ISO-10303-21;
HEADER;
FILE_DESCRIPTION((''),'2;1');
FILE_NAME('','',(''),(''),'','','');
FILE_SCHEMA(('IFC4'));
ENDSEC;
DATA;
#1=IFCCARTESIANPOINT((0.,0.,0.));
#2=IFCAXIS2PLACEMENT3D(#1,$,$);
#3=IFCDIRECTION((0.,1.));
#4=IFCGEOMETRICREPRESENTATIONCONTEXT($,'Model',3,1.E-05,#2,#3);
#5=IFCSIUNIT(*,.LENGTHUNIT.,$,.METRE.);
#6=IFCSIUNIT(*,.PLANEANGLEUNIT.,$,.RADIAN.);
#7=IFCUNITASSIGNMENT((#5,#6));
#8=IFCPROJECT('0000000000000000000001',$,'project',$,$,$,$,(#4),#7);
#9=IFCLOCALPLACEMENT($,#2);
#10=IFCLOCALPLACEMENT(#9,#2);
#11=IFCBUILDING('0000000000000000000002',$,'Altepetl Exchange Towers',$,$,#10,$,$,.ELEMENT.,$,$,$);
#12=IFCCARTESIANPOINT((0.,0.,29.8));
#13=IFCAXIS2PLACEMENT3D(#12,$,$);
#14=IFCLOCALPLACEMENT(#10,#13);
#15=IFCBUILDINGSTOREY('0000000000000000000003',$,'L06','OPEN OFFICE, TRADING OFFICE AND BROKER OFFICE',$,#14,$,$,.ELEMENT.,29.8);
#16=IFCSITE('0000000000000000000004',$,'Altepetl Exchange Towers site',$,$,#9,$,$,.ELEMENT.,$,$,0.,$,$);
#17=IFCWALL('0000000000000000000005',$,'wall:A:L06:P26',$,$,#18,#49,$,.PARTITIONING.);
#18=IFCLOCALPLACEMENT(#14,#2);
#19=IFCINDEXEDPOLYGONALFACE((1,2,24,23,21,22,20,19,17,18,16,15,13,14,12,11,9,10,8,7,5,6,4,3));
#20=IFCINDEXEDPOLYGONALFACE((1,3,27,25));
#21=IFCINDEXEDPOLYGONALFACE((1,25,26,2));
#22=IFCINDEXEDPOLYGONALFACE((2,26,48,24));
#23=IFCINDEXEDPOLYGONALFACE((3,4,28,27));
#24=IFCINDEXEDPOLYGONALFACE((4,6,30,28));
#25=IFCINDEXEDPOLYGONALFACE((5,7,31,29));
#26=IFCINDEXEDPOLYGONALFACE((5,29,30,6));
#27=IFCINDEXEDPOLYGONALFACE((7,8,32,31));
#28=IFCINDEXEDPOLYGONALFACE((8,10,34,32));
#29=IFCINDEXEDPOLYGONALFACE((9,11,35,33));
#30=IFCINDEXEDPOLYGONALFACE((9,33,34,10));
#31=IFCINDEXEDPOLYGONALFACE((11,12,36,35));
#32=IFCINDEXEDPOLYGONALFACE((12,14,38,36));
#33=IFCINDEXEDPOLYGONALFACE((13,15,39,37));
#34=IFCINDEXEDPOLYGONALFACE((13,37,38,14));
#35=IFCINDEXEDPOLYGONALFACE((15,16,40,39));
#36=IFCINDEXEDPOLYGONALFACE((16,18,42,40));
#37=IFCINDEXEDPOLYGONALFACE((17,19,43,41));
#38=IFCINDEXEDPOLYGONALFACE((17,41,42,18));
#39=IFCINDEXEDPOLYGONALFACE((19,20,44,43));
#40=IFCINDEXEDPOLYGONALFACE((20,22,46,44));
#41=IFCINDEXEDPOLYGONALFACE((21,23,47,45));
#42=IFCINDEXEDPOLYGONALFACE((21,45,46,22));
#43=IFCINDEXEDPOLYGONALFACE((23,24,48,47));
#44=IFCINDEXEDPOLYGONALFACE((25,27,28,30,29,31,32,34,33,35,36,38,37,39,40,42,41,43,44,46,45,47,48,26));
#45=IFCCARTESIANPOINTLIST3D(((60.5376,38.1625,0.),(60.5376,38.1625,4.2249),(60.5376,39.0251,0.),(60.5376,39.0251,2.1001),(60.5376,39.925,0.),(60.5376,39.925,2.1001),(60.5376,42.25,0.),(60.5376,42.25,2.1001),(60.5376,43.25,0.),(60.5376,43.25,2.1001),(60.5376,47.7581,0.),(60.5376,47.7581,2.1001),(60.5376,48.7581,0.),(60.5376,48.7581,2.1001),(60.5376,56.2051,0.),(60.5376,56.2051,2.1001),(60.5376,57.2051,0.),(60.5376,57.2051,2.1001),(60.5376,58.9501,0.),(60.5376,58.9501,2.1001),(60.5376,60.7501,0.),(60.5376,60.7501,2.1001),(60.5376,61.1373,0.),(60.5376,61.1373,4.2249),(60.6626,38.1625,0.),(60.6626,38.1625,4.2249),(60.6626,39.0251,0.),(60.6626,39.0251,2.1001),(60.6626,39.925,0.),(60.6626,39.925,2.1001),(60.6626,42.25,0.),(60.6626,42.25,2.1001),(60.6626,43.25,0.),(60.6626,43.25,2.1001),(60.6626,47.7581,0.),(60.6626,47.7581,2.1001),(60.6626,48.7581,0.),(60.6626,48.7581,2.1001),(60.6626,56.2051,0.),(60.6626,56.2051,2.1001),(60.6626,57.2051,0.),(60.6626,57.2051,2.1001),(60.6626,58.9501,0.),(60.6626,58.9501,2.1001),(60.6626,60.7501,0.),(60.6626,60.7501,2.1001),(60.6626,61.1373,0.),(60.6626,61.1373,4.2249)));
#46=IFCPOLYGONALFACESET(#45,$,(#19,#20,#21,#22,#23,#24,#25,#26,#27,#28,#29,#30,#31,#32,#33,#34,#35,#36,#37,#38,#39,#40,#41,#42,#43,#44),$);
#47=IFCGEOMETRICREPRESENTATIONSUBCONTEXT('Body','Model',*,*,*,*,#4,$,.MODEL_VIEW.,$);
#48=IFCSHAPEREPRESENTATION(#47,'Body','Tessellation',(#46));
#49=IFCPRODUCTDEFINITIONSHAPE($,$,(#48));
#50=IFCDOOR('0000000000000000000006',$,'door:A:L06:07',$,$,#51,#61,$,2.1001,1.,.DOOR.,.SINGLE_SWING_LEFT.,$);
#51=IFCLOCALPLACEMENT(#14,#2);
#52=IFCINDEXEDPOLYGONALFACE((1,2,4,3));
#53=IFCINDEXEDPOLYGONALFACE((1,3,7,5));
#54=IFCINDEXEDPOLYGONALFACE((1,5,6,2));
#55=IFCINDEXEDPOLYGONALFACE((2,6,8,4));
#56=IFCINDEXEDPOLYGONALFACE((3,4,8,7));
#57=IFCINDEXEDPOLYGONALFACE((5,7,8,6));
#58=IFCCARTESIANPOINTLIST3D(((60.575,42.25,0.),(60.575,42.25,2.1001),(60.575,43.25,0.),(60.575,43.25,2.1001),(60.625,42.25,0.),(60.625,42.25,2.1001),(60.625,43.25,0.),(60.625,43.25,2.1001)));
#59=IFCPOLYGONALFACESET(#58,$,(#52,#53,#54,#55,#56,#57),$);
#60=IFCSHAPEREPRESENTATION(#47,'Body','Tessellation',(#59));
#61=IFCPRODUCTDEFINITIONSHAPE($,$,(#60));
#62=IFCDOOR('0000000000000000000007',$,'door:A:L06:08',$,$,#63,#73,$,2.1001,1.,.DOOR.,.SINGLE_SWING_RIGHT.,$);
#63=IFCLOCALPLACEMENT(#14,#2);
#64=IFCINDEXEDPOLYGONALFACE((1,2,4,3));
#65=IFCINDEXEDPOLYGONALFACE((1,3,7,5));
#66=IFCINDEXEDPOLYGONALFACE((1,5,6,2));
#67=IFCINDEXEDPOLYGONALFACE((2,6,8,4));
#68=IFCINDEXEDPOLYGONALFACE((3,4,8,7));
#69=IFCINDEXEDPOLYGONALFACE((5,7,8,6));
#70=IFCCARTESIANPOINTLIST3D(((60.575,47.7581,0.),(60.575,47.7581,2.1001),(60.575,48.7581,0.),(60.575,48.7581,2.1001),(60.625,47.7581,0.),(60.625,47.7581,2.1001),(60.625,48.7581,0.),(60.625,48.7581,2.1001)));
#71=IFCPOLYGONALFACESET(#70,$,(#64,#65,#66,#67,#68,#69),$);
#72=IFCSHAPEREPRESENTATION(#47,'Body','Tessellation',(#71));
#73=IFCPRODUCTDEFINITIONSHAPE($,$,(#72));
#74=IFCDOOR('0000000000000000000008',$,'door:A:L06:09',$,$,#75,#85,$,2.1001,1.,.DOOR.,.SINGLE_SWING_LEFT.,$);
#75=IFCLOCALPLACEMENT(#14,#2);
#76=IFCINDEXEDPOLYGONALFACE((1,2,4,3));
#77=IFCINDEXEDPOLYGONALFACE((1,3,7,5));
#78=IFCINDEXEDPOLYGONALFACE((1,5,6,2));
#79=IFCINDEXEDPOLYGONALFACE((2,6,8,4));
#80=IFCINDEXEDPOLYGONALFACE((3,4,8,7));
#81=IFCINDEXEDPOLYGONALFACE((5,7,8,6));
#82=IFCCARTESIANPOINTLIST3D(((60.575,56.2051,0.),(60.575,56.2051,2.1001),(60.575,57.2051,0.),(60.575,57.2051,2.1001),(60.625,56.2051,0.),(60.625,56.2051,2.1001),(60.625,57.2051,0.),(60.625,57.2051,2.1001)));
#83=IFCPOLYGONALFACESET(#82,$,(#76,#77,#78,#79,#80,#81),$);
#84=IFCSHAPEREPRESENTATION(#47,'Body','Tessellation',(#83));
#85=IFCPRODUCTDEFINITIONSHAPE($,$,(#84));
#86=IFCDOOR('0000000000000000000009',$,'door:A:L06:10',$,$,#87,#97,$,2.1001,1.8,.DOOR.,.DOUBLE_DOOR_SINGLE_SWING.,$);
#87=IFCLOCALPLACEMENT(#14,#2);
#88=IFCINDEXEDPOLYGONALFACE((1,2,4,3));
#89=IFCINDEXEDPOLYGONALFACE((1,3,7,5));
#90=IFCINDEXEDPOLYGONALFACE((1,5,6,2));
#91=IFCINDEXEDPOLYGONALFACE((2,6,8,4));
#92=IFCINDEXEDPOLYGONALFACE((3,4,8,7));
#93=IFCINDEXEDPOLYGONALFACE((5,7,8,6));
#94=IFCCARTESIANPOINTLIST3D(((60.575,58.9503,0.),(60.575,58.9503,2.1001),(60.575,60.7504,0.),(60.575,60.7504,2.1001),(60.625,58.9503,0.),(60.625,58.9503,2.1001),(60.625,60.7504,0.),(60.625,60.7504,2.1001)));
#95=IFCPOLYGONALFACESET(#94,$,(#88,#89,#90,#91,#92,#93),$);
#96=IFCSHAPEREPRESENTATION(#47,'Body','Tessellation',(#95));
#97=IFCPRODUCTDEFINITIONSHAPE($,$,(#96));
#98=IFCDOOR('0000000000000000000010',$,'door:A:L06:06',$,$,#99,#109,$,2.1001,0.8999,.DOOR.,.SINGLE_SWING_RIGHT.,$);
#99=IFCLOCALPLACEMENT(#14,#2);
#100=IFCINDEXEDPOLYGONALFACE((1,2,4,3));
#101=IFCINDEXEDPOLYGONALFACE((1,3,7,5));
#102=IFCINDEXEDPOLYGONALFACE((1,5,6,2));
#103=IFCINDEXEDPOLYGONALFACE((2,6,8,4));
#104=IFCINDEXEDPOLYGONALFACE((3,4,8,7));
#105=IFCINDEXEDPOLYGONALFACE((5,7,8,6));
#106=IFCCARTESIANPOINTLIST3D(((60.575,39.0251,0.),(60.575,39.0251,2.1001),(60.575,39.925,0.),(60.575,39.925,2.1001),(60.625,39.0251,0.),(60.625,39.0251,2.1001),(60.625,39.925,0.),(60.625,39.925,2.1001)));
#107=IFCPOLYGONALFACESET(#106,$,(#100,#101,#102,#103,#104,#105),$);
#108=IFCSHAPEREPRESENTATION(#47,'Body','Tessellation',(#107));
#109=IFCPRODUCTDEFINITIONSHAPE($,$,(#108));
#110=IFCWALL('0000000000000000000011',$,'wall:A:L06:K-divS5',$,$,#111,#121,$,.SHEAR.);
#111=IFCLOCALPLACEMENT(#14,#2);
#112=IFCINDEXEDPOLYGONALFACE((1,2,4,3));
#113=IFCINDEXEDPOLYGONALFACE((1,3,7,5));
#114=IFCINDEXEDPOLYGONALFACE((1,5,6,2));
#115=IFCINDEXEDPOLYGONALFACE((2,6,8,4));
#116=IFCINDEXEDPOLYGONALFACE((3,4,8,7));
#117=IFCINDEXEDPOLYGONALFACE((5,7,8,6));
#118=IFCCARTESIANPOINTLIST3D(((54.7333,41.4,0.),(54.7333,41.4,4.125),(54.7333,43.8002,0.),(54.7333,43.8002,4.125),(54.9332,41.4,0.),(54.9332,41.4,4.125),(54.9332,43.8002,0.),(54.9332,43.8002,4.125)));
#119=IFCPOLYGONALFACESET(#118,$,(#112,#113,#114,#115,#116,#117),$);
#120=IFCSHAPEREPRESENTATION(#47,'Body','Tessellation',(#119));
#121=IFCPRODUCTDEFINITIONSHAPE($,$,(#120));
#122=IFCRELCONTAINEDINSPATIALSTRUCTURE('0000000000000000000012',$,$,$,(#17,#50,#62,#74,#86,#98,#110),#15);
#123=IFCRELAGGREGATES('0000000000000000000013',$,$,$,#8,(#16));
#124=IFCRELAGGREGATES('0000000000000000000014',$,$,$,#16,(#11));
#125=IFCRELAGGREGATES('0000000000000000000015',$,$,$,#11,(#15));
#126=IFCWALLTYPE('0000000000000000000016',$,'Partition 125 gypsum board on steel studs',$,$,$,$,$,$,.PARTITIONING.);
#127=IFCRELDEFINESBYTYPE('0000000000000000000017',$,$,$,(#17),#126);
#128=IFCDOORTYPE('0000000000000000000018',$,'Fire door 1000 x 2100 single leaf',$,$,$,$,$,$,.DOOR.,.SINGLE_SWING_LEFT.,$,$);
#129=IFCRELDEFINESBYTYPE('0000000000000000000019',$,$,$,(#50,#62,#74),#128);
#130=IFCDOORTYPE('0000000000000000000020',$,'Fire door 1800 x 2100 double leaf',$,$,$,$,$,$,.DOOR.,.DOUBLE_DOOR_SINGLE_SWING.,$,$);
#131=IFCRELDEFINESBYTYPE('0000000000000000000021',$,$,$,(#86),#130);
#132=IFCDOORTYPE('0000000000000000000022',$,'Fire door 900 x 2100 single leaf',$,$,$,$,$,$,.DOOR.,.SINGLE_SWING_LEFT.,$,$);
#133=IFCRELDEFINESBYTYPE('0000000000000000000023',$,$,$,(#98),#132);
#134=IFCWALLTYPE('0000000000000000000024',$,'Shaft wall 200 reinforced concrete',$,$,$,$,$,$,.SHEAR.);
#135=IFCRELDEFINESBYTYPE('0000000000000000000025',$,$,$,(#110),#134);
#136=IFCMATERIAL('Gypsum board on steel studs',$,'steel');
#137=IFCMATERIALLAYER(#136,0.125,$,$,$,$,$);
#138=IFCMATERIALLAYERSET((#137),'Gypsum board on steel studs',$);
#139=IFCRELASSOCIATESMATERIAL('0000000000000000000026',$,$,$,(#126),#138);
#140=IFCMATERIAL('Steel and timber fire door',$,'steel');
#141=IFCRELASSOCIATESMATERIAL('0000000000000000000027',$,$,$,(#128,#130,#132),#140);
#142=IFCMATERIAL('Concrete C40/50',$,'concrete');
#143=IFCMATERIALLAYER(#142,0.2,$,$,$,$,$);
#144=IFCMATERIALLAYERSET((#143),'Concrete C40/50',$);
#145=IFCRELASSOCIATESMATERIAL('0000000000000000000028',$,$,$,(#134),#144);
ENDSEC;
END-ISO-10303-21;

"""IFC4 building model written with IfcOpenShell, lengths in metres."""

from ifc_helpers import new_model, si_unit, direction, frame, frame_2d, origin, place, context, subcontext, project, spatial, rectangle, extrude, material, layer, layer_set, type_object, element, fill, save


model = new_model("IFC4")

# Units and contexts
model_context = context("Model", 3, precision=1e-05, world=origin(), true_north=direction((0.0, 1.0)))
body_context = subcontext(model_context, "Body", "Model", "MODEL_VIEW")
ifc_project = project(units=[si_unit("LENGTHUNIT", "METRE"), si_unit("PLANEANGLEUNIT", "RADIAN")], contexts=[model_context])

# Site, building, storey
site_placement = place(None, origin())
site = spatial("IfcSite", under=ifc_project, at=site_placement, Name="Altepetl Exchange Towers site", CompositionType="ELEMENT", RefElevation=0.0)
building_placement = place(site_placement, origin())
building = spatial("IfcBuilding", under=site, at=building_placement, Name="Altepetl Exchange Towers", CompositionType="ELEMENT")
storey_placement = place(building_placement, frame((0.0, 0.0, 29.8)))
storey = spatial("IfcBuildingStorey", under=building, at=storey_placement, Name="L06", Description="OPEN OFFICE, TRADING OFFICE AND BROKER OFFICE", CompositionType="ELEMENT", Elevation=29.8)

# Shared definitions
ifc_material_1 = material(Name="Steel and timber fire door", Category="steel")

# Shared definitions
ifc_material_2 = material(Name="Gypsum board on steel studs", Category="steel")
ifc_layer_1 = layer(ifc_material_2, 0.125)
ifc_layer_set_1 = layer_set([ifc_layer_1], Name="Gypsum board on steel studs")
wall_type_1 = type_object("IfcWallType", Name="Partition 125 gypsum board on steel studs", PredefinedType="PARTITIONING", material=ifc_layer_set_1)

# Wall, openings, doors
wall_1_placement = place(storey_placement, frame((60.6001, 38.1626, 0.0), z_axis=(0.0, 0.0, 1.0), x_axis=(0.0, 1.0, 0.0)))
wall_1 = element("IfcWall", 1, at=wall_1_placement, inside=storey, type_object=wall_type_1, Name="wall:A:L06:P26", PredefinedType="PARTITIONING", context=body_context, shape_type="SweptSolid", body=[
    extrude(rectangle(XDim=22.9749, YDim=0.125, at=frame_2d((11.4873, 0.0))), origin(), (0.0, 0.0, 1.0), 4.2249),
])
opening_1_placement = place(wall_1_placement, frame((0.8625, 0.0, 0.0)))
opening_1 = element("IfcOpeningElement", 2, at=opening_1_placement, cuts=wall_1, PredefinedType="OPENING", context=body_context, shape_type="SweptSolid", body=[
    extrude(rectangle(XDim=0.8999, YDim=2.1001, at=frame_2d((0.45, 1.05))), frame((0.0, 0.0725, 0.0), z_axis=(0.0, -1.0, 0.0), x_axis=(1.0, 0.0, 0.0)), (0.0, 0.0, 1.0), 0.145),
])
opening_2_placement = place(wall_1_placement, frame((4.0874, 0.0, 0.0)))
opening_2 = element("IfcOpeningElement", 3, at=opening_2_placement, cuts=wall_1, PredefinedType="OPENING", context=body_context, shape_type="SweptSolid", body=[
    extrude(rectangle(XDim=1.0, YDim=2.1001, at=frame_2d((0.5, 1.05))), frame((0.0, 0.0725, 0.0), z_axis=(0.0, -1.0, 0.0), x_axis=(1.0, 0.0, 0.0)), (0.0, 0.0, 1.0), 0.145),
])
opening_3_placement = place(wall_1_placement, frame((9.5955, 0.0, 0.0)))
opening_3 = element("IfcOpeningElement", 4, at=opening_3_placement, cuts=wall_1, PredefinedType="OPENING", context=body_context, shape_type="SweptSolid", body=[
    extrude(rectangle(XDim=1.0, YDim=2.1001, at=frame_2d((0.5, 1.05))), frame((0.0, 0.0725, 0.0), z_axis=(0.0, -1.0, 0.0), x_axis=(1.0, 0.0, 0.0)), (0.0, 0.0, 1.0), 0.145),
])
opening_4_placement = place(wall_1_placement, frame((18.0425, 0.0, 0.0)))
opening_4 = element("IfcOpeningElement", 5, at=opening_4_placement, cuts=wall_1, PredefinedType="OPENING", context=body_context, shape_type="SweptSolid", body=[
    extrude(rectangle(XDim=1.0, YDim=2.1001, at=frame_2d((0.5, 1.05))), frame((0.0, 0.0725, 0.0), z_axis=(0.0, -1.0, 0.0), x_axis=(1.0, 0.0, 0.0)), (0.0, 0.0, 1.0), 0.145),
])
opening_5_placement = place(wall_1_placement, frame((20.7876, 0.0, 0.0)))
opening_5 = element("IfcOpeningElement", 6, at=opening_5_placement, cuts=wall_1, PredefinedType="OPENING", context=body_context, shape_type="SweptSolid", body=[
    extrude(rectangle(XDim=1.8, YDim=2.1001, at=frame_2d((0.8999, 1.05))), frame((0.0, 0.0725, 0.0), z_axis=(0.0, -1.0, 0.0), x_axis=(1.0, 0.0, 0.0)), (0.0, 0.0, 1.0), 0.145),
])
door_type_1 = type_object("IfcDoorType", Name="Fire door 1000 x 2100 single leaf", OperationType="SINGLE_SWING_LEFT", PredefinedType="DOOR", material=ifc_material_1)
door_1_placement = place(opening_2_placement, frame((1.0, 0.0, 0.0), x_axis=(-1.0, 0.0, 0.0)))
door_1 = element("IfcDoor", 7, at=door_1_placement, inside=storey, type_object=door_type_1, Name="door:A:L06:07", OperationType="SINGLE_SWING_LEFT", OverallHeight=2.1001, OverallWidth=1.0, PredefinedType="DOOR", context=body_context, shape_type="SweptSolid", body=[
    extrude(rectangle(XDim=1.0, YDim=2.1001, at=frame_2d((0.5, 1.05))), frame((0.0, 0.0249, 0.0), z_axis=(0.0, -1.0, 0.0), x_axis=(1.0, 0.0, 0.0)), (0.0, 0.0, 1.0), 0.05),
])
fill(opening_2, door_1)
door_2_placement = place(opening_3_placement, frame((1.0, 0.0, 0.0), x_axis=(-1.0, 0.0, 0.0)))
door_2 = element("IfcDoor", 8, at=door_2_placement, inside=storey, type_object=door_type_1, Name="door:A:L06:08", OperationType="SINGLE_SWING_RIGHT", OverallHeight=2.1001, OverallWidth=1.0, PredefinedType="DOOR", context=body_context, shape_type="SweptSolid", body=[
    extrude(rectangle(XDim=1.0, YDim=2.1001, at=frame_2d((0.5, 1.05))), frame((0.0, 0.0249, 0.0), z_axis=(0.0, -1.0, 0.0), x_axis=(1.0, 0.0, 0.0)), (0.0, 0.0, 1.0), 0.05),
])
fill(opening_3, door_2)
door_3_placement = place(opening_4_placement, frame((1.0, 0.0, 0.0), x_axis=(-1.0, 0.0, 0.0)))
door_3 = element("IfcDoor", 9, at=door_3_placement, inside=storey, type_object=door_type_1, Name="door:A:L06:09", OperationType="SINGLE_SWING_LEFT", OverallHeight=2.1001, OverallWidth=1.0, PredefinedType="DOOR", context=body_context, shape_type="SweptSolid", body=[
    extrude(rectangle(XDim=1.0, YDim=2.1001, at=frame_2d((0.5, 1.05))), frame((0.0, 0.0249, 0.0), z_axis=(0.0, -1.0, 0.0), x_axis=(1.0, 0.0, 0.0)), (0.0, 0.0, 1.0), 0.05),
])
fill(opening_4, door_3)
door_type_2 = type_object("IfcDoorType", Name="Fire door 1800 x 2100 double leaf", OperationType="DOUBLE_DOOR_SINGLE_SWING", PredefinedType="DOOR", material=ifc_material_1)
door_4_placement = place(opening_5_placement, frame((1.8, 0.0, 0.0), x_axis=(-1.0, 0.0, 0.0)))
door_4 = element("IfcDoor", 10, at=door_4_placement, inside=storey, type_object=door_type_2, Name="door:A:L06:10", OperationType="DOUBLE_DOOR_SINGLE_SWING", OverallHeight=2.1001, OverallWidth=1.8, PredefinedType="DOOR", context=body_context, shape_type="SweptSolid", body=[
    extrude(rectangle(XDim=1.8, YDim=2.1001, at=frame_2d((0.8999, 1.05))), frame((0.0, 0.0249, 0.0), z_axis=(0.0, -1.0, 0.0), x_axis=(1.0, 0.0, 0.0)), (0.0, 0.0, 1.0), 0.05),
])
fill(opening_5, door_4)
door_type_3 = type_object("IfcDoorType", Name="Fire door 900 x 2100 single leaf", OperationType="SINGLE_SWING_LEFT", PredefinedType="DOOR", material=ifc_material_1)
door_5_placement = place(opening_1_placement, frame((0.8999, 0.0, 0.0), x_axis=(-1.0, 0.0, 0.0)))
door_5 = element("IfcDoor", 11, at=door_5_placement, inside=storey, type_object=door_type_3, Name="door:A:L06:06", OperationType="SINGLE_SWING_RIGHT", OverallHeight=2.1001, OverallWidth=0.8999, PredefinedType="DOOR", context=body_context, shape_type="SweptSolid", body=[
    extrude(rectangle(XDim=0.8999, YDim=2.1001, at=frame_2d((0.45, 1.05))), frame((0.0, 0.0249, 0.0), z_axis=(0.0, -1.0, 0.0), x_axis=(1.0, 0.0, 0.0)), (0.0, 0.0, 1.0), 0.05),
])
fill(opening_1, door_5)

# Wall
ifc_material_3 = material(Name="Concrete C40/50", Category="concrete")
ifc_layer_2 = layer(ifc_material_3, 0.2)
ifc_layer_set_2 = layer_set([ifc_layer_2], Name="Concrete C40/50")
wall_type_2 = type_object("IfcWallType", Name="Shaft wall 200 reinforced concrete", PredefinedType="SHEAR", material=ifc_layer_set_2)
wall_2_placement = place(storey_placement, frame((54.8333, 41.3999, 0.0), z_axis=(0.0, 0.0, 1.0), x_axis=(0.0, 1.0, 0.0)))
element("IfcWall", 12, at=wall_2_placement, inside=storey, type_object=wall_type_2, Name="wall:A:L06:K-divS5", PredefinedType="SHEAR", context=body_context, shape_type="SweptSolid", body=[
    extrude(rectangle(XDim=2.4001, YDim=0.2, at=frame_2d((1.2002, 0.0))), origin(), (0.0, 0.0, 1.0), 4.125),
])

save(model, "model.ifc")
